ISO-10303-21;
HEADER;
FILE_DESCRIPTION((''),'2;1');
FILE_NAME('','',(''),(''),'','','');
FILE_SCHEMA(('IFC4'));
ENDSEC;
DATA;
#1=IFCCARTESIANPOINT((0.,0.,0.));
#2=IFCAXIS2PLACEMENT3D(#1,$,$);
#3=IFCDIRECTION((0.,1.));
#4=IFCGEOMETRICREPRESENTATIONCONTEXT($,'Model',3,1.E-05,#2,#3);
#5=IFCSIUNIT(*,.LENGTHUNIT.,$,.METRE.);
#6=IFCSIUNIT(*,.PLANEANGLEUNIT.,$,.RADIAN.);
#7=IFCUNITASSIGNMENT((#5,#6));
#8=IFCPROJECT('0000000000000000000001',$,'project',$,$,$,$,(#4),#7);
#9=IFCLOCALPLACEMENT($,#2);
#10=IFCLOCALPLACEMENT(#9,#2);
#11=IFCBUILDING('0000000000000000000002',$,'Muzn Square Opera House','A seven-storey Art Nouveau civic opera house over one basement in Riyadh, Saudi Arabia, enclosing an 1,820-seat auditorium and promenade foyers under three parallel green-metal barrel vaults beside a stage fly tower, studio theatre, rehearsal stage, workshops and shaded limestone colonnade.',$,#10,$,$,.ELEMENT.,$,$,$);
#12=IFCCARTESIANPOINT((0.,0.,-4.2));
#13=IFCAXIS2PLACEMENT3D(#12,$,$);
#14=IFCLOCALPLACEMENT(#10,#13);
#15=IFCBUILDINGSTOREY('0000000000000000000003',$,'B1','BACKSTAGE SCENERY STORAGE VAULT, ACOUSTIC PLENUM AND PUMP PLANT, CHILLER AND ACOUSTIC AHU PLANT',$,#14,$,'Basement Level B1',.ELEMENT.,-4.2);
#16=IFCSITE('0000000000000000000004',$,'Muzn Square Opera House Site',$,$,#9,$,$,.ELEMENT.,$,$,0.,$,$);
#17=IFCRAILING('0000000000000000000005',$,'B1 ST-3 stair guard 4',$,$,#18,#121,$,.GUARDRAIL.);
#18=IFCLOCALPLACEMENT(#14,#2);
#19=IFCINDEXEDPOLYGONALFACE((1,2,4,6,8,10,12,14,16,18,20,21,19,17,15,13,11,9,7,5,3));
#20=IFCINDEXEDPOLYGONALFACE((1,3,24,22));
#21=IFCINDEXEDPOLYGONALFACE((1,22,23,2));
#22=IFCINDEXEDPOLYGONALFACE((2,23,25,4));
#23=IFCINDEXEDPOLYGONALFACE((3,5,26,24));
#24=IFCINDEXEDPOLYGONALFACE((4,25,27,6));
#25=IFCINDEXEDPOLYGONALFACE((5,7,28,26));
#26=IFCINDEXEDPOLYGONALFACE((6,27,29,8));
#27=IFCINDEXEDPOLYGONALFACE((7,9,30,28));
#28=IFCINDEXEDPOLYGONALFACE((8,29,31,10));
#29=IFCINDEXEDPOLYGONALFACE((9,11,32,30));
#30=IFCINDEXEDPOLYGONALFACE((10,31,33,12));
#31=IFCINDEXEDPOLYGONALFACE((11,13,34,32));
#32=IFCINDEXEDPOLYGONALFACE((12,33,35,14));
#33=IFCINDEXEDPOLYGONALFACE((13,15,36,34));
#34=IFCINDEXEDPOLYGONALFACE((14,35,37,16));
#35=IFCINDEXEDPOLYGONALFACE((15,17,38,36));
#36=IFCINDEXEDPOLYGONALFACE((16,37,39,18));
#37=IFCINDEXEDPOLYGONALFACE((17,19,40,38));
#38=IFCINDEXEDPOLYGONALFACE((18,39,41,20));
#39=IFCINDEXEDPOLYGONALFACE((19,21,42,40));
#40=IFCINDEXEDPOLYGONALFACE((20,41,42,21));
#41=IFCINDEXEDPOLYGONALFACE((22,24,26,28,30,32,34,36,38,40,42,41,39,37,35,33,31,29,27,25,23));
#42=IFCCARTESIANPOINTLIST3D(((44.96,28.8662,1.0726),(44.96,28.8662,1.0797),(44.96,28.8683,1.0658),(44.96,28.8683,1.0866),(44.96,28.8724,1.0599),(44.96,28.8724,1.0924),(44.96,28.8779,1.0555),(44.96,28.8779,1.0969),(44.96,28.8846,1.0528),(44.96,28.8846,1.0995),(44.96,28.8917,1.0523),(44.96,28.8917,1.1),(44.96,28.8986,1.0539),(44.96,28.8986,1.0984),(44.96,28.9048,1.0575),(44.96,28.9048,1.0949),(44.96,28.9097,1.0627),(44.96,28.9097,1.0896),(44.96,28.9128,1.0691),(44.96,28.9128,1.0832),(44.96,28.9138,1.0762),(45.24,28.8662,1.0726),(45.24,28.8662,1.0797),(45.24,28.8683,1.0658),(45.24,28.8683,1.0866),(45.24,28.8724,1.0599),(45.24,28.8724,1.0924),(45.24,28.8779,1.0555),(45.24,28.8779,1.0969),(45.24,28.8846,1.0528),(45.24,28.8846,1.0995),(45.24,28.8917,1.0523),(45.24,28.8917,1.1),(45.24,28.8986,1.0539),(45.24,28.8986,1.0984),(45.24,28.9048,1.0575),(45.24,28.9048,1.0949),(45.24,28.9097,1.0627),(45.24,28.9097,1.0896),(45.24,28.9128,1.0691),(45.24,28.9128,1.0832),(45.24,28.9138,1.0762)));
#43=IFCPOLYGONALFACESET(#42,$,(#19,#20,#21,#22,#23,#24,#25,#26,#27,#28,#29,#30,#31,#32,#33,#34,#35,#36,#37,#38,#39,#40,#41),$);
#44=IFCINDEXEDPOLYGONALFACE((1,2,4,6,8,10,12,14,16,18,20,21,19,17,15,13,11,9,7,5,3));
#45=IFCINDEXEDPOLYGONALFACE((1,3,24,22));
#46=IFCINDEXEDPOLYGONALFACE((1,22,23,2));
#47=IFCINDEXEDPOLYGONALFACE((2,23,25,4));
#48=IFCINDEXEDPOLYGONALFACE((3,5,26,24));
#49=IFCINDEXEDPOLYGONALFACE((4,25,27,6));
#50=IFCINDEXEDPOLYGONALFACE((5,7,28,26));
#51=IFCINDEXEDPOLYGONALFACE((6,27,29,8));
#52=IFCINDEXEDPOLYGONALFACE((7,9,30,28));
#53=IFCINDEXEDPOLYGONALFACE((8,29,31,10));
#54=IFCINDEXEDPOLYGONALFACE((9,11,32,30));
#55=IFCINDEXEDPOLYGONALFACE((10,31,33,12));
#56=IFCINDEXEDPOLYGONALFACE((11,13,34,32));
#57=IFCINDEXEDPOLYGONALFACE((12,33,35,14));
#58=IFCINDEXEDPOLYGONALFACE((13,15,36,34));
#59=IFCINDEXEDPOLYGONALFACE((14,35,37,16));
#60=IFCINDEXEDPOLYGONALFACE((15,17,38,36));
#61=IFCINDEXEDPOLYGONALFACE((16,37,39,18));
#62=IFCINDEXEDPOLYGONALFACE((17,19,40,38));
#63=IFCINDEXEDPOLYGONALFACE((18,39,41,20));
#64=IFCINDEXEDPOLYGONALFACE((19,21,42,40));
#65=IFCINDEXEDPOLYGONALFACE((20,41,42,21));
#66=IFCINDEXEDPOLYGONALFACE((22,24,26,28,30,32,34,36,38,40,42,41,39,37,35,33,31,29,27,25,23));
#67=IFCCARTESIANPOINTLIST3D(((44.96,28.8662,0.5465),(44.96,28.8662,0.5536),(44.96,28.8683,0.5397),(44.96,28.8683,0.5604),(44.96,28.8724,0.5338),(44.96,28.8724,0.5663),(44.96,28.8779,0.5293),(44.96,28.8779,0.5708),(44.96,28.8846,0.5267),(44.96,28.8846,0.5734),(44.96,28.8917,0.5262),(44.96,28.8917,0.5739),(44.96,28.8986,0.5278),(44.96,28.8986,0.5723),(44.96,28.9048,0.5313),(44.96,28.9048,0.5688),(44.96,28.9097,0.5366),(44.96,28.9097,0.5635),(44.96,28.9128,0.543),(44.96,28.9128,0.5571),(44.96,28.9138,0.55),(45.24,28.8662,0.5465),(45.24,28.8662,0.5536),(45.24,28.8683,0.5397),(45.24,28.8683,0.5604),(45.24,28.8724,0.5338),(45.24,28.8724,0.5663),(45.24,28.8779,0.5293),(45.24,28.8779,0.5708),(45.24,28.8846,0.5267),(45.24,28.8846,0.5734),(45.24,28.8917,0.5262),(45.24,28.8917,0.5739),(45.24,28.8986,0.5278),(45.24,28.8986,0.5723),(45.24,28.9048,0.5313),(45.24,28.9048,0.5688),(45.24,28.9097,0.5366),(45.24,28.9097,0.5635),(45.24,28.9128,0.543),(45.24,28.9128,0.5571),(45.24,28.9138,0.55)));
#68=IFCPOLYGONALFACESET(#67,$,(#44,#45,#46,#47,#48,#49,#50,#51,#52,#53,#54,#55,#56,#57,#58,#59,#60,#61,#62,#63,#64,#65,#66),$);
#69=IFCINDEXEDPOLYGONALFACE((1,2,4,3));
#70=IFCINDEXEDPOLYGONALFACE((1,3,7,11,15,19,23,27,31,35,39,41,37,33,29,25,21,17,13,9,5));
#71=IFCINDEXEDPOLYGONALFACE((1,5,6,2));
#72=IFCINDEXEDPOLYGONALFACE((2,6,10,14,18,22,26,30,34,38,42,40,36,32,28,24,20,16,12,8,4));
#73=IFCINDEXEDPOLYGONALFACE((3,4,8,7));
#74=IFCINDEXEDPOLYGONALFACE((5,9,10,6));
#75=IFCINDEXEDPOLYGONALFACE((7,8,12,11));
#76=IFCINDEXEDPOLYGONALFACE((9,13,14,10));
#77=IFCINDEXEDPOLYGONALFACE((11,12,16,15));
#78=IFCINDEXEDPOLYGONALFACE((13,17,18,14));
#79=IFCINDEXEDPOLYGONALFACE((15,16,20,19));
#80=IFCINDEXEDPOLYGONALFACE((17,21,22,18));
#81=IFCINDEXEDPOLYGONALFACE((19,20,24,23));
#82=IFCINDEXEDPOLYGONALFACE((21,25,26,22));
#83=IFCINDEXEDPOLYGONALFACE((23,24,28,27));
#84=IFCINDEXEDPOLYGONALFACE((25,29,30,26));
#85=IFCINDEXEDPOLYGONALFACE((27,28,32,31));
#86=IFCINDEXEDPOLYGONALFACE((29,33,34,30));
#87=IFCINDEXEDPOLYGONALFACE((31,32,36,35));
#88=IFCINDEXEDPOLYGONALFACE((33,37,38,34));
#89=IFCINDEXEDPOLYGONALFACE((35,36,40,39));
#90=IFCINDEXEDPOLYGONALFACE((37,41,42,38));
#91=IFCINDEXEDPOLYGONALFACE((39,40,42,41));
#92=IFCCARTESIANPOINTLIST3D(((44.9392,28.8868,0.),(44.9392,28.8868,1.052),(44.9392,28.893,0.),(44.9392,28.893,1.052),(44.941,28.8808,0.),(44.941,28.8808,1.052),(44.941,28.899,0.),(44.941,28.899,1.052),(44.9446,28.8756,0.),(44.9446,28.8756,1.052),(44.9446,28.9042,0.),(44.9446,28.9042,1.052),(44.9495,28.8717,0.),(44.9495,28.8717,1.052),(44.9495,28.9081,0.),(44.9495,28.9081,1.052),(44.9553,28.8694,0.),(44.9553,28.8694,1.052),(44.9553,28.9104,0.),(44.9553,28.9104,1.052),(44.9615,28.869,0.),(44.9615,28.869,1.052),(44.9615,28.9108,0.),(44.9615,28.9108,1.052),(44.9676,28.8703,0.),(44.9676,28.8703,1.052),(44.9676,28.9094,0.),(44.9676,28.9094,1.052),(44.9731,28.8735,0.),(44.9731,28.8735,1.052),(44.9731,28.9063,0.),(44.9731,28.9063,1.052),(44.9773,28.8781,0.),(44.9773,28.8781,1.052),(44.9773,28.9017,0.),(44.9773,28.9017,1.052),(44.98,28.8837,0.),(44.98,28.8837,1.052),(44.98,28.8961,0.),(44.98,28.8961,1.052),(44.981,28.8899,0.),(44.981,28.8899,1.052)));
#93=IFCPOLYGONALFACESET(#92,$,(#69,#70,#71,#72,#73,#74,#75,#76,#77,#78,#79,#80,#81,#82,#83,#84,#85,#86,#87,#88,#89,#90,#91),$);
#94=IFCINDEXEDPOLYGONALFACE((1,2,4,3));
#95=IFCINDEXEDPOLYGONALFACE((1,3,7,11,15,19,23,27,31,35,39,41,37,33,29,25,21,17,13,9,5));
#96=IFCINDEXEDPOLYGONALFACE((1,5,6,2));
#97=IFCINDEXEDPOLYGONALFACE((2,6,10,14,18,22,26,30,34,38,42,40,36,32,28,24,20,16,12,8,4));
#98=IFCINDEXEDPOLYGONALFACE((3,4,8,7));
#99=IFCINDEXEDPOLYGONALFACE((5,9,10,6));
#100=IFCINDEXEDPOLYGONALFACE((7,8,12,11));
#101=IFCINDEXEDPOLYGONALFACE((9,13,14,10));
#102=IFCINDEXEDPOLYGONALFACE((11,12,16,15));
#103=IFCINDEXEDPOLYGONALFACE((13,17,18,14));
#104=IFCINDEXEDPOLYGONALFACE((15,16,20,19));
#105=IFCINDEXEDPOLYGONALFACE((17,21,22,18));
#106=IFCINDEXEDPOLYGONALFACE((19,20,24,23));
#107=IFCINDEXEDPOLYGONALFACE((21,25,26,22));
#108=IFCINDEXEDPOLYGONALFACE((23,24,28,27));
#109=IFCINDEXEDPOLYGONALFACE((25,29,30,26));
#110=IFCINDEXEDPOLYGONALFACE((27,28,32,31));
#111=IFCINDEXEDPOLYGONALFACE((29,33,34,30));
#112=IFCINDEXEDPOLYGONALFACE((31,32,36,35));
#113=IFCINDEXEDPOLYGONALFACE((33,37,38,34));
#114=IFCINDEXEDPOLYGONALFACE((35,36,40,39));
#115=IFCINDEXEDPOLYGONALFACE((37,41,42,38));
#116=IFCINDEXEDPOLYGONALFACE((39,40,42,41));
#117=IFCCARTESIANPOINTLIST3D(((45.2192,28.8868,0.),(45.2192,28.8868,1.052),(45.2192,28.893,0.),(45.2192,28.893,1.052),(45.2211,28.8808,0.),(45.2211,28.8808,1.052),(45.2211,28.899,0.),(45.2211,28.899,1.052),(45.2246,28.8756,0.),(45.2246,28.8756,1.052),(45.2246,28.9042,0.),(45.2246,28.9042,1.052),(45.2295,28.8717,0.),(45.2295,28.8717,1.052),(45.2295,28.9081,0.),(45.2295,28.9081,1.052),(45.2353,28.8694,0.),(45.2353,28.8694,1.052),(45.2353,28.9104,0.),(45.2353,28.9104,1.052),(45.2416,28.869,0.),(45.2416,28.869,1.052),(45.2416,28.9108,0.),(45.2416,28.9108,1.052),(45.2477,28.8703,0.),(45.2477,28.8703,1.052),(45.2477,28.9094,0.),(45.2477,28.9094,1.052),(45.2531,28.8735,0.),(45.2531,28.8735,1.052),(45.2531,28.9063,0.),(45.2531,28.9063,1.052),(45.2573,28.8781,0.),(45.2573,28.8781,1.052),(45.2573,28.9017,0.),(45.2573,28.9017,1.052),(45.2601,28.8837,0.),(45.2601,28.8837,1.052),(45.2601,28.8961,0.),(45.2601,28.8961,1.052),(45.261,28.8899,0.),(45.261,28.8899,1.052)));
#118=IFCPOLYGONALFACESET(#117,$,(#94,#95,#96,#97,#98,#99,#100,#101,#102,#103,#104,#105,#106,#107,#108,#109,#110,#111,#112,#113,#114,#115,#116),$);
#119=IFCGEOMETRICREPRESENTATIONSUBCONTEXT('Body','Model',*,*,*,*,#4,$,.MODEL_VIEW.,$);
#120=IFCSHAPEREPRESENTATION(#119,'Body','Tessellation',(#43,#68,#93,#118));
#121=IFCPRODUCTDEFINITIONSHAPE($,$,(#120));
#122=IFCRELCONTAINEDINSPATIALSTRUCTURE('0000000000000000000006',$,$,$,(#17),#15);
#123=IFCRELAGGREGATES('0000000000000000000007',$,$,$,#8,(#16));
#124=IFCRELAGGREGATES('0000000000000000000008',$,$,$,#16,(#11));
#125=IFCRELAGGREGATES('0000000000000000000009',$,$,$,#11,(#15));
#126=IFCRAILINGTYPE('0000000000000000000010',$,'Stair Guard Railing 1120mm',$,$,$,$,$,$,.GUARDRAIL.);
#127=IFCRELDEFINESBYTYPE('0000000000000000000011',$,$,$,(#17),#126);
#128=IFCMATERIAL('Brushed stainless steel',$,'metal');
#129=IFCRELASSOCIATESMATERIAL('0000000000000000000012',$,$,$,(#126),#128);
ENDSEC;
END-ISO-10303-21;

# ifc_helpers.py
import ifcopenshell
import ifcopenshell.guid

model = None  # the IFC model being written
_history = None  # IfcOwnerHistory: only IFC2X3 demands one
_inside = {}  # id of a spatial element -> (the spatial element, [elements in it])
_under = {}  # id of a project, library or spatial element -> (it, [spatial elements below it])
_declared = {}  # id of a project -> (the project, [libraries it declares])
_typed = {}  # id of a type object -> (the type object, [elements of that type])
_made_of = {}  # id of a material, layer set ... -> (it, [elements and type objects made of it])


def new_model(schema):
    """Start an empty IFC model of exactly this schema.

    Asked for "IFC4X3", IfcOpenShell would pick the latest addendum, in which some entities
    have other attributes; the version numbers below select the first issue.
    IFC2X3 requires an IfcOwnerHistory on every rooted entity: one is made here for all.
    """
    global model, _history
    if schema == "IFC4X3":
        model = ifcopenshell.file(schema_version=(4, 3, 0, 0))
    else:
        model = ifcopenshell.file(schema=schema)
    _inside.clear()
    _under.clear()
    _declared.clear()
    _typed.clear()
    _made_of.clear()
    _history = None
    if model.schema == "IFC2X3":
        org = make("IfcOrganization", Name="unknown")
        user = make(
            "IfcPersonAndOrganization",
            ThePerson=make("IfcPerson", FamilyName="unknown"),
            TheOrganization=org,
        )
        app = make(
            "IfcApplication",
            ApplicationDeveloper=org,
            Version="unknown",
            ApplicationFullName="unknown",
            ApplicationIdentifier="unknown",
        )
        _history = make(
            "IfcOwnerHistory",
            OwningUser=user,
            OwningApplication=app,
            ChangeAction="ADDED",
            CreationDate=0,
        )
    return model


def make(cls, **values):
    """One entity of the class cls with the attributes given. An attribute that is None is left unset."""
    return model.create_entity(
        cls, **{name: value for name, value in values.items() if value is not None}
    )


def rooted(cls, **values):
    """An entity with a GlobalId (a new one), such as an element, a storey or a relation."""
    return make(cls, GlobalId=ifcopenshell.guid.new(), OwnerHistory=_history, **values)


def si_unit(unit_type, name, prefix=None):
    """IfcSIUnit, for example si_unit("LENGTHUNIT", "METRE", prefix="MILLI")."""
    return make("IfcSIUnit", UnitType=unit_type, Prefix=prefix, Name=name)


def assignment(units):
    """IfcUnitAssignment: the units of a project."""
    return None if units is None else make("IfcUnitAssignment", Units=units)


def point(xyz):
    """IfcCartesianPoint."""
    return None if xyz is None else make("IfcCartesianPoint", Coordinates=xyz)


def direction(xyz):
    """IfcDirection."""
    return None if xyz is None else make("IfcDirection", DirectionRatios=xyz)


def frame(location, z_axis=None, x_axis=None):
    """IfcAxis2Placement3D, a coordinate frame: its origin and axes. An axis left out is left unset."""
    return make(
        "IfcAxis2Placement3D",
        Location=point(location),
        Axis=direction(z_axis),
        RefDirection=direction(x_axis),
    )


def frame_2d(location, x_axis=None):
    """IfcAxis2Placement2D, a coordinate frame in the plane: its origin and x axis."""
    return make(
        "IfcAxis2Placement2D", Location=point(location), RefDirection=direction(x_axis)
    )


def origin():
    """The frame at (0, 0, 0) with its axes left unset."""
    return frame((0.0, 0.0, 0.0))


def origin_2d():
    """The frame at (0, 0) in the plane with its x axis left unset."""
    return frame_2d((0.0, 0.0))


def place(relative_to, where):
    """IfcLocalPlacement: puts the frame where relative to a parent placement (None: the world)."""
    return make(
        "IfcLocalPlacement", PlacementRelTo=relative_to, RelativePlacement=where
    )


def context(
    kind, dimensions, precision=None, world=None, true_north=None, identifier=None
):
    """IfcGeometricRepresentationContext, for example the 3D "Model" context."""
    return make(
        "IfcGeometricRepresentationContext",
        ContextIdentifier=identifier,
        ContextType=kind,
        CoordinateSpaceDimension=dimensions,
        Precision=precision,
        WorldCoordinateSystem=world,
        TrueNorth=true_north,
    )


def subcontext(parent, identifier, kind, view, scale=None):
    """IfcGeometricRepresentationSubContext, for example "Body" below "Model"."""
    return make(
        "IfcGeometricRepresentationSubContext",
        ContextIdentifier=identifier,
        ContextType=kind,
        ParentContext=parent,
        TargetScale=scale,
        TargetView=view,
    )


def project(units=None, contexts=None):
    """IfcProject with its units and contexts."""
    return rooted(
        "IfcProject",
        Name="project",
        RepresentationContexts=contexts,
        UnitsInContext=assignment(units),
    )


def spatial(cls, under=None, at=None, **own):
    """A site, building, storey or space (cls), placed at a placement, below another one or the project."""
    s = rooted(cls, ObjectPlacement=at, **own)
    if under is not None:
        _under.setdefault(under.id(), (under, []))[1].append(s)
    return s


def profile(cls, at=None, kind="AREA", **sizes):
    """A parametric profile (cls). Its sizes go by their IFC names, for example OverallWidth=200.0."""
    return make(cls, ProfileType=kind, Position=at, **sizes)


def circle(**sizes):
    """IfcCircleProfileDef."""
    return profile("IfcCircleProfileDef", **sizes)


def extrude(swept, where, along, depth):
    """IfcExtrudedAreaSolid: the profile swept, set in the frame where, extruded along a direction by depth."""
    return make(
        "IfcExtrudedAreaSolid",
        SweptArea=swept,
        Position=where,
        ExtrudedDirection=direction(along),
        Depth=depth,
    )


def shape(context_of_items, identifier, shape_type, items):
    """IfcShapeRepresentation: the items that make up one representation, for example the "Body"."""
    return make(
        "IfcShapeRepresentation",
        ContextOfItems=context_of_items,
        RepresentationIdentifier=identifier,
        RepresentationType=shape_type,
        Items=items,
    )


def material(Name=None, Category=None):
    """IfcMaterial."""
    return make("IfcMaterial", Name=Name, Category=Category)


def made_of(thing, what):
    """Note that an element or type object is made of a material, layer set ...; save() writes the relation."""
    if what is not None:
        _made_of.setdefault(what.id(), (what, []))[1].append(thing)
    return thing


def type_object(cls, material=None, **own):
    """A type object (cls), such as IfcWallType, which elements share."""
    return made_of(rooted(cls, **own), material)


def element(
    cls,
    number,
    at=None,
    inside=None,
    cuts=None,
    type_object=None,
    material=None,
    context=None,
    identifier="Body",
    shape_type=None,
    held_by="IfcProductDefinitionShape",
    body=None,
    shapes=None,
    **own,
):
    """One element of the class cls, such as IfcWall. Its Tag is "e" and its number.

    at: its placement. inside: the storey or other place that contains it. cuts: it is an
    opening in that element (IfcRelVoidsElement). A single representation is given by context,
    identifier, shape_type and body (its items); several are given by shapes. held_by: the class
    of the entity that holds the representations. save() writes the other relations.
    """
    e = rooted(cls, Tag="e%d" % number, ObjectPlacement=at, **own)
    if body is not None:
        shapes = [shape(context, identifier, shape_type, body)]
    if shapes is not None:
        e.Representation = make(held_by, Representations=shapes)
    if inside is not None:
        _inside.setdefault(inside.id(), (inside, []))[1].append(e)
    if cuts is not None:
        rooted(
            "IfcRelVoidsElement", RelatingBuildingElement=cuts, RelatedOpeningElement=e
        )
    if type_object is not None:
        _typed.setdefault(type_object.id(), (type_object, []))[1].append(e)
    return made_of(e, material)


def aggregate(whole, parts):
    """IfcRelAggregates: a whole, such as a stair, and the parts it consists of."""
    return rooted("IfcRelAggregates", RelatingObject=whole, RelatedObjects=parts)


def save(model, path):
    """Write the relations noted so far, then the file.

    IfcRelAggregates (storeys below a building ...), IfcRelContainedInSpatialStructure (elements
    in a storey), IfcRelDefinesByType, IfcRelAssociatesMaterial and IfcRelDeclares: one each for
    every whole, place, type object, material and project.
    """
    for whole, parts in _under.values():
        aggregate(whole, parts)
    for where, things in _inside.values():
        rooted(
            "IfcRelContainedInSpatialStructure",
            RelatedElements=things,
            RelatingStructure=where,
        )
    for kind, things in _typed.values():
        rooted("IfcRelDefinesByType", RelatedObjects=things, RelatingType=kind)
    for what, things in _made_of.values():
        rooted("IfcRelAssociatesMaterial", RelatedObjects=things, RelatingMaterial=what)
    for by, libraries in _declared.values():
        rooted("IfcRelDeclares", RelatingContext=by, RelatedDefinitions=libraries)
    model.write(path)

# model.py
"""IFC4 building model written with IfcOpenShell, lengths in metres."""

from ifc_helpers import new_model, si_unit, direction, frame, origin, origin_2d, place, context, subcontext, project, spatial, circle, extrude, material, type_object, element, save


model = new_model("IFC4")

# Units and contexts
model_context = context("Model", 3, precision=1e-05, world=origin(), true_north=direction((0.0, 1.0)))
body_context = subcontext(model_context, "Body", "Model", "MODEL_VIEW")
ifc_project = project(units=[si_unit("LENGTHUNIT", "METRE"), si_unit("PLANEANGLEUNIT", "RADIAN")], contexts=[model_context])

# Site, building, storey
site_placement = place(None, origin())
site = spatial("IfcSite", under=ifc_project, at=site_placement, Name="Muzn Square Opera House Site", CompositionType="ELEMENT", RefElevation=0.0)
building_placement = place(site_placement, origin())
building = spatial("IfcBuilding", under=site, at=building_placement, Name="Muzn Square Opera House", Description="A seven-storey Art Nouveau civic opera house over one basement in Riyadh, Saudi Arabia, enclosing an 1,820-seat auditorium and promenade foyers under three parallel green-metal barrel vaults beside a stage fly tower, studio theatre, rehearsal stage, workshops and shaded limestone colonnade.", CompositionType="ELEMENT")
storey_placement = place(building_placement, frame((0.0, 0.0, -4.2)))
storey = spatial("IfcBuildingStorey", under=building, at=storey_placement, Name="B1", Description="BACKSTAGE SCENERY STORAGE VAULT, ACOUSTIC PLENUM AND PUMP PLANT, CHILLER AND ACOUSTIC AHU PLANT", LongName="Basement Level B1", CompositionType="ELEMENT", Elevation=-4.2)

# Railing
ifc_material_1 = material(Name="Brushed stainless steel", Category="metal")
railing_type_1 = type_object("IfcRailingType", Name="Stair Guard Railing 1120mm", PredefinedType="GUARDRAIL", material=ifc_material_1)
railing_1_placement = place(storey_placement, frame((44.96, 28.8899, 0.0)))
element("IfcRailing", 1, at=railing_1_placement, inside=storey, type_object=railing_type_1, Name="B1 ST-3 stair guard 4", PredefinedType="GUARDRAIL", context=body_context, shape_type="SweptSolid", body=[
    extrude(circle(Radius=0.0239, at=origin_2d()), frame((0.0, 0.0, 1.0762), z_axis=(1.0, 0.0, 0.0), x_axis=(0.0, 1.0, 0.0)), (0.0, 0.0, 1.0), 0.28),
    extrude(circle(Radius=0.0239, at=origin_2d()), frame((0.0, 0.0, 0.55), z_axis=(1.0, 0.0, 0.0), x_axis=(0.0, 1.0, 0.0)), (0.0, 0.0, 1.0), 0.28),
    extrude(circle(Radius=0.021, at=origin_2d()), origin(), (0.0, 0.0, 1.0), 1.052),
    extrude(circle(Radius=0.021, at=origin_2d()), frame((0.28, 0.0, 0.0)), (0.0, 0.0, 1.0), 1.052),
])

save(model, "model.ifc")
